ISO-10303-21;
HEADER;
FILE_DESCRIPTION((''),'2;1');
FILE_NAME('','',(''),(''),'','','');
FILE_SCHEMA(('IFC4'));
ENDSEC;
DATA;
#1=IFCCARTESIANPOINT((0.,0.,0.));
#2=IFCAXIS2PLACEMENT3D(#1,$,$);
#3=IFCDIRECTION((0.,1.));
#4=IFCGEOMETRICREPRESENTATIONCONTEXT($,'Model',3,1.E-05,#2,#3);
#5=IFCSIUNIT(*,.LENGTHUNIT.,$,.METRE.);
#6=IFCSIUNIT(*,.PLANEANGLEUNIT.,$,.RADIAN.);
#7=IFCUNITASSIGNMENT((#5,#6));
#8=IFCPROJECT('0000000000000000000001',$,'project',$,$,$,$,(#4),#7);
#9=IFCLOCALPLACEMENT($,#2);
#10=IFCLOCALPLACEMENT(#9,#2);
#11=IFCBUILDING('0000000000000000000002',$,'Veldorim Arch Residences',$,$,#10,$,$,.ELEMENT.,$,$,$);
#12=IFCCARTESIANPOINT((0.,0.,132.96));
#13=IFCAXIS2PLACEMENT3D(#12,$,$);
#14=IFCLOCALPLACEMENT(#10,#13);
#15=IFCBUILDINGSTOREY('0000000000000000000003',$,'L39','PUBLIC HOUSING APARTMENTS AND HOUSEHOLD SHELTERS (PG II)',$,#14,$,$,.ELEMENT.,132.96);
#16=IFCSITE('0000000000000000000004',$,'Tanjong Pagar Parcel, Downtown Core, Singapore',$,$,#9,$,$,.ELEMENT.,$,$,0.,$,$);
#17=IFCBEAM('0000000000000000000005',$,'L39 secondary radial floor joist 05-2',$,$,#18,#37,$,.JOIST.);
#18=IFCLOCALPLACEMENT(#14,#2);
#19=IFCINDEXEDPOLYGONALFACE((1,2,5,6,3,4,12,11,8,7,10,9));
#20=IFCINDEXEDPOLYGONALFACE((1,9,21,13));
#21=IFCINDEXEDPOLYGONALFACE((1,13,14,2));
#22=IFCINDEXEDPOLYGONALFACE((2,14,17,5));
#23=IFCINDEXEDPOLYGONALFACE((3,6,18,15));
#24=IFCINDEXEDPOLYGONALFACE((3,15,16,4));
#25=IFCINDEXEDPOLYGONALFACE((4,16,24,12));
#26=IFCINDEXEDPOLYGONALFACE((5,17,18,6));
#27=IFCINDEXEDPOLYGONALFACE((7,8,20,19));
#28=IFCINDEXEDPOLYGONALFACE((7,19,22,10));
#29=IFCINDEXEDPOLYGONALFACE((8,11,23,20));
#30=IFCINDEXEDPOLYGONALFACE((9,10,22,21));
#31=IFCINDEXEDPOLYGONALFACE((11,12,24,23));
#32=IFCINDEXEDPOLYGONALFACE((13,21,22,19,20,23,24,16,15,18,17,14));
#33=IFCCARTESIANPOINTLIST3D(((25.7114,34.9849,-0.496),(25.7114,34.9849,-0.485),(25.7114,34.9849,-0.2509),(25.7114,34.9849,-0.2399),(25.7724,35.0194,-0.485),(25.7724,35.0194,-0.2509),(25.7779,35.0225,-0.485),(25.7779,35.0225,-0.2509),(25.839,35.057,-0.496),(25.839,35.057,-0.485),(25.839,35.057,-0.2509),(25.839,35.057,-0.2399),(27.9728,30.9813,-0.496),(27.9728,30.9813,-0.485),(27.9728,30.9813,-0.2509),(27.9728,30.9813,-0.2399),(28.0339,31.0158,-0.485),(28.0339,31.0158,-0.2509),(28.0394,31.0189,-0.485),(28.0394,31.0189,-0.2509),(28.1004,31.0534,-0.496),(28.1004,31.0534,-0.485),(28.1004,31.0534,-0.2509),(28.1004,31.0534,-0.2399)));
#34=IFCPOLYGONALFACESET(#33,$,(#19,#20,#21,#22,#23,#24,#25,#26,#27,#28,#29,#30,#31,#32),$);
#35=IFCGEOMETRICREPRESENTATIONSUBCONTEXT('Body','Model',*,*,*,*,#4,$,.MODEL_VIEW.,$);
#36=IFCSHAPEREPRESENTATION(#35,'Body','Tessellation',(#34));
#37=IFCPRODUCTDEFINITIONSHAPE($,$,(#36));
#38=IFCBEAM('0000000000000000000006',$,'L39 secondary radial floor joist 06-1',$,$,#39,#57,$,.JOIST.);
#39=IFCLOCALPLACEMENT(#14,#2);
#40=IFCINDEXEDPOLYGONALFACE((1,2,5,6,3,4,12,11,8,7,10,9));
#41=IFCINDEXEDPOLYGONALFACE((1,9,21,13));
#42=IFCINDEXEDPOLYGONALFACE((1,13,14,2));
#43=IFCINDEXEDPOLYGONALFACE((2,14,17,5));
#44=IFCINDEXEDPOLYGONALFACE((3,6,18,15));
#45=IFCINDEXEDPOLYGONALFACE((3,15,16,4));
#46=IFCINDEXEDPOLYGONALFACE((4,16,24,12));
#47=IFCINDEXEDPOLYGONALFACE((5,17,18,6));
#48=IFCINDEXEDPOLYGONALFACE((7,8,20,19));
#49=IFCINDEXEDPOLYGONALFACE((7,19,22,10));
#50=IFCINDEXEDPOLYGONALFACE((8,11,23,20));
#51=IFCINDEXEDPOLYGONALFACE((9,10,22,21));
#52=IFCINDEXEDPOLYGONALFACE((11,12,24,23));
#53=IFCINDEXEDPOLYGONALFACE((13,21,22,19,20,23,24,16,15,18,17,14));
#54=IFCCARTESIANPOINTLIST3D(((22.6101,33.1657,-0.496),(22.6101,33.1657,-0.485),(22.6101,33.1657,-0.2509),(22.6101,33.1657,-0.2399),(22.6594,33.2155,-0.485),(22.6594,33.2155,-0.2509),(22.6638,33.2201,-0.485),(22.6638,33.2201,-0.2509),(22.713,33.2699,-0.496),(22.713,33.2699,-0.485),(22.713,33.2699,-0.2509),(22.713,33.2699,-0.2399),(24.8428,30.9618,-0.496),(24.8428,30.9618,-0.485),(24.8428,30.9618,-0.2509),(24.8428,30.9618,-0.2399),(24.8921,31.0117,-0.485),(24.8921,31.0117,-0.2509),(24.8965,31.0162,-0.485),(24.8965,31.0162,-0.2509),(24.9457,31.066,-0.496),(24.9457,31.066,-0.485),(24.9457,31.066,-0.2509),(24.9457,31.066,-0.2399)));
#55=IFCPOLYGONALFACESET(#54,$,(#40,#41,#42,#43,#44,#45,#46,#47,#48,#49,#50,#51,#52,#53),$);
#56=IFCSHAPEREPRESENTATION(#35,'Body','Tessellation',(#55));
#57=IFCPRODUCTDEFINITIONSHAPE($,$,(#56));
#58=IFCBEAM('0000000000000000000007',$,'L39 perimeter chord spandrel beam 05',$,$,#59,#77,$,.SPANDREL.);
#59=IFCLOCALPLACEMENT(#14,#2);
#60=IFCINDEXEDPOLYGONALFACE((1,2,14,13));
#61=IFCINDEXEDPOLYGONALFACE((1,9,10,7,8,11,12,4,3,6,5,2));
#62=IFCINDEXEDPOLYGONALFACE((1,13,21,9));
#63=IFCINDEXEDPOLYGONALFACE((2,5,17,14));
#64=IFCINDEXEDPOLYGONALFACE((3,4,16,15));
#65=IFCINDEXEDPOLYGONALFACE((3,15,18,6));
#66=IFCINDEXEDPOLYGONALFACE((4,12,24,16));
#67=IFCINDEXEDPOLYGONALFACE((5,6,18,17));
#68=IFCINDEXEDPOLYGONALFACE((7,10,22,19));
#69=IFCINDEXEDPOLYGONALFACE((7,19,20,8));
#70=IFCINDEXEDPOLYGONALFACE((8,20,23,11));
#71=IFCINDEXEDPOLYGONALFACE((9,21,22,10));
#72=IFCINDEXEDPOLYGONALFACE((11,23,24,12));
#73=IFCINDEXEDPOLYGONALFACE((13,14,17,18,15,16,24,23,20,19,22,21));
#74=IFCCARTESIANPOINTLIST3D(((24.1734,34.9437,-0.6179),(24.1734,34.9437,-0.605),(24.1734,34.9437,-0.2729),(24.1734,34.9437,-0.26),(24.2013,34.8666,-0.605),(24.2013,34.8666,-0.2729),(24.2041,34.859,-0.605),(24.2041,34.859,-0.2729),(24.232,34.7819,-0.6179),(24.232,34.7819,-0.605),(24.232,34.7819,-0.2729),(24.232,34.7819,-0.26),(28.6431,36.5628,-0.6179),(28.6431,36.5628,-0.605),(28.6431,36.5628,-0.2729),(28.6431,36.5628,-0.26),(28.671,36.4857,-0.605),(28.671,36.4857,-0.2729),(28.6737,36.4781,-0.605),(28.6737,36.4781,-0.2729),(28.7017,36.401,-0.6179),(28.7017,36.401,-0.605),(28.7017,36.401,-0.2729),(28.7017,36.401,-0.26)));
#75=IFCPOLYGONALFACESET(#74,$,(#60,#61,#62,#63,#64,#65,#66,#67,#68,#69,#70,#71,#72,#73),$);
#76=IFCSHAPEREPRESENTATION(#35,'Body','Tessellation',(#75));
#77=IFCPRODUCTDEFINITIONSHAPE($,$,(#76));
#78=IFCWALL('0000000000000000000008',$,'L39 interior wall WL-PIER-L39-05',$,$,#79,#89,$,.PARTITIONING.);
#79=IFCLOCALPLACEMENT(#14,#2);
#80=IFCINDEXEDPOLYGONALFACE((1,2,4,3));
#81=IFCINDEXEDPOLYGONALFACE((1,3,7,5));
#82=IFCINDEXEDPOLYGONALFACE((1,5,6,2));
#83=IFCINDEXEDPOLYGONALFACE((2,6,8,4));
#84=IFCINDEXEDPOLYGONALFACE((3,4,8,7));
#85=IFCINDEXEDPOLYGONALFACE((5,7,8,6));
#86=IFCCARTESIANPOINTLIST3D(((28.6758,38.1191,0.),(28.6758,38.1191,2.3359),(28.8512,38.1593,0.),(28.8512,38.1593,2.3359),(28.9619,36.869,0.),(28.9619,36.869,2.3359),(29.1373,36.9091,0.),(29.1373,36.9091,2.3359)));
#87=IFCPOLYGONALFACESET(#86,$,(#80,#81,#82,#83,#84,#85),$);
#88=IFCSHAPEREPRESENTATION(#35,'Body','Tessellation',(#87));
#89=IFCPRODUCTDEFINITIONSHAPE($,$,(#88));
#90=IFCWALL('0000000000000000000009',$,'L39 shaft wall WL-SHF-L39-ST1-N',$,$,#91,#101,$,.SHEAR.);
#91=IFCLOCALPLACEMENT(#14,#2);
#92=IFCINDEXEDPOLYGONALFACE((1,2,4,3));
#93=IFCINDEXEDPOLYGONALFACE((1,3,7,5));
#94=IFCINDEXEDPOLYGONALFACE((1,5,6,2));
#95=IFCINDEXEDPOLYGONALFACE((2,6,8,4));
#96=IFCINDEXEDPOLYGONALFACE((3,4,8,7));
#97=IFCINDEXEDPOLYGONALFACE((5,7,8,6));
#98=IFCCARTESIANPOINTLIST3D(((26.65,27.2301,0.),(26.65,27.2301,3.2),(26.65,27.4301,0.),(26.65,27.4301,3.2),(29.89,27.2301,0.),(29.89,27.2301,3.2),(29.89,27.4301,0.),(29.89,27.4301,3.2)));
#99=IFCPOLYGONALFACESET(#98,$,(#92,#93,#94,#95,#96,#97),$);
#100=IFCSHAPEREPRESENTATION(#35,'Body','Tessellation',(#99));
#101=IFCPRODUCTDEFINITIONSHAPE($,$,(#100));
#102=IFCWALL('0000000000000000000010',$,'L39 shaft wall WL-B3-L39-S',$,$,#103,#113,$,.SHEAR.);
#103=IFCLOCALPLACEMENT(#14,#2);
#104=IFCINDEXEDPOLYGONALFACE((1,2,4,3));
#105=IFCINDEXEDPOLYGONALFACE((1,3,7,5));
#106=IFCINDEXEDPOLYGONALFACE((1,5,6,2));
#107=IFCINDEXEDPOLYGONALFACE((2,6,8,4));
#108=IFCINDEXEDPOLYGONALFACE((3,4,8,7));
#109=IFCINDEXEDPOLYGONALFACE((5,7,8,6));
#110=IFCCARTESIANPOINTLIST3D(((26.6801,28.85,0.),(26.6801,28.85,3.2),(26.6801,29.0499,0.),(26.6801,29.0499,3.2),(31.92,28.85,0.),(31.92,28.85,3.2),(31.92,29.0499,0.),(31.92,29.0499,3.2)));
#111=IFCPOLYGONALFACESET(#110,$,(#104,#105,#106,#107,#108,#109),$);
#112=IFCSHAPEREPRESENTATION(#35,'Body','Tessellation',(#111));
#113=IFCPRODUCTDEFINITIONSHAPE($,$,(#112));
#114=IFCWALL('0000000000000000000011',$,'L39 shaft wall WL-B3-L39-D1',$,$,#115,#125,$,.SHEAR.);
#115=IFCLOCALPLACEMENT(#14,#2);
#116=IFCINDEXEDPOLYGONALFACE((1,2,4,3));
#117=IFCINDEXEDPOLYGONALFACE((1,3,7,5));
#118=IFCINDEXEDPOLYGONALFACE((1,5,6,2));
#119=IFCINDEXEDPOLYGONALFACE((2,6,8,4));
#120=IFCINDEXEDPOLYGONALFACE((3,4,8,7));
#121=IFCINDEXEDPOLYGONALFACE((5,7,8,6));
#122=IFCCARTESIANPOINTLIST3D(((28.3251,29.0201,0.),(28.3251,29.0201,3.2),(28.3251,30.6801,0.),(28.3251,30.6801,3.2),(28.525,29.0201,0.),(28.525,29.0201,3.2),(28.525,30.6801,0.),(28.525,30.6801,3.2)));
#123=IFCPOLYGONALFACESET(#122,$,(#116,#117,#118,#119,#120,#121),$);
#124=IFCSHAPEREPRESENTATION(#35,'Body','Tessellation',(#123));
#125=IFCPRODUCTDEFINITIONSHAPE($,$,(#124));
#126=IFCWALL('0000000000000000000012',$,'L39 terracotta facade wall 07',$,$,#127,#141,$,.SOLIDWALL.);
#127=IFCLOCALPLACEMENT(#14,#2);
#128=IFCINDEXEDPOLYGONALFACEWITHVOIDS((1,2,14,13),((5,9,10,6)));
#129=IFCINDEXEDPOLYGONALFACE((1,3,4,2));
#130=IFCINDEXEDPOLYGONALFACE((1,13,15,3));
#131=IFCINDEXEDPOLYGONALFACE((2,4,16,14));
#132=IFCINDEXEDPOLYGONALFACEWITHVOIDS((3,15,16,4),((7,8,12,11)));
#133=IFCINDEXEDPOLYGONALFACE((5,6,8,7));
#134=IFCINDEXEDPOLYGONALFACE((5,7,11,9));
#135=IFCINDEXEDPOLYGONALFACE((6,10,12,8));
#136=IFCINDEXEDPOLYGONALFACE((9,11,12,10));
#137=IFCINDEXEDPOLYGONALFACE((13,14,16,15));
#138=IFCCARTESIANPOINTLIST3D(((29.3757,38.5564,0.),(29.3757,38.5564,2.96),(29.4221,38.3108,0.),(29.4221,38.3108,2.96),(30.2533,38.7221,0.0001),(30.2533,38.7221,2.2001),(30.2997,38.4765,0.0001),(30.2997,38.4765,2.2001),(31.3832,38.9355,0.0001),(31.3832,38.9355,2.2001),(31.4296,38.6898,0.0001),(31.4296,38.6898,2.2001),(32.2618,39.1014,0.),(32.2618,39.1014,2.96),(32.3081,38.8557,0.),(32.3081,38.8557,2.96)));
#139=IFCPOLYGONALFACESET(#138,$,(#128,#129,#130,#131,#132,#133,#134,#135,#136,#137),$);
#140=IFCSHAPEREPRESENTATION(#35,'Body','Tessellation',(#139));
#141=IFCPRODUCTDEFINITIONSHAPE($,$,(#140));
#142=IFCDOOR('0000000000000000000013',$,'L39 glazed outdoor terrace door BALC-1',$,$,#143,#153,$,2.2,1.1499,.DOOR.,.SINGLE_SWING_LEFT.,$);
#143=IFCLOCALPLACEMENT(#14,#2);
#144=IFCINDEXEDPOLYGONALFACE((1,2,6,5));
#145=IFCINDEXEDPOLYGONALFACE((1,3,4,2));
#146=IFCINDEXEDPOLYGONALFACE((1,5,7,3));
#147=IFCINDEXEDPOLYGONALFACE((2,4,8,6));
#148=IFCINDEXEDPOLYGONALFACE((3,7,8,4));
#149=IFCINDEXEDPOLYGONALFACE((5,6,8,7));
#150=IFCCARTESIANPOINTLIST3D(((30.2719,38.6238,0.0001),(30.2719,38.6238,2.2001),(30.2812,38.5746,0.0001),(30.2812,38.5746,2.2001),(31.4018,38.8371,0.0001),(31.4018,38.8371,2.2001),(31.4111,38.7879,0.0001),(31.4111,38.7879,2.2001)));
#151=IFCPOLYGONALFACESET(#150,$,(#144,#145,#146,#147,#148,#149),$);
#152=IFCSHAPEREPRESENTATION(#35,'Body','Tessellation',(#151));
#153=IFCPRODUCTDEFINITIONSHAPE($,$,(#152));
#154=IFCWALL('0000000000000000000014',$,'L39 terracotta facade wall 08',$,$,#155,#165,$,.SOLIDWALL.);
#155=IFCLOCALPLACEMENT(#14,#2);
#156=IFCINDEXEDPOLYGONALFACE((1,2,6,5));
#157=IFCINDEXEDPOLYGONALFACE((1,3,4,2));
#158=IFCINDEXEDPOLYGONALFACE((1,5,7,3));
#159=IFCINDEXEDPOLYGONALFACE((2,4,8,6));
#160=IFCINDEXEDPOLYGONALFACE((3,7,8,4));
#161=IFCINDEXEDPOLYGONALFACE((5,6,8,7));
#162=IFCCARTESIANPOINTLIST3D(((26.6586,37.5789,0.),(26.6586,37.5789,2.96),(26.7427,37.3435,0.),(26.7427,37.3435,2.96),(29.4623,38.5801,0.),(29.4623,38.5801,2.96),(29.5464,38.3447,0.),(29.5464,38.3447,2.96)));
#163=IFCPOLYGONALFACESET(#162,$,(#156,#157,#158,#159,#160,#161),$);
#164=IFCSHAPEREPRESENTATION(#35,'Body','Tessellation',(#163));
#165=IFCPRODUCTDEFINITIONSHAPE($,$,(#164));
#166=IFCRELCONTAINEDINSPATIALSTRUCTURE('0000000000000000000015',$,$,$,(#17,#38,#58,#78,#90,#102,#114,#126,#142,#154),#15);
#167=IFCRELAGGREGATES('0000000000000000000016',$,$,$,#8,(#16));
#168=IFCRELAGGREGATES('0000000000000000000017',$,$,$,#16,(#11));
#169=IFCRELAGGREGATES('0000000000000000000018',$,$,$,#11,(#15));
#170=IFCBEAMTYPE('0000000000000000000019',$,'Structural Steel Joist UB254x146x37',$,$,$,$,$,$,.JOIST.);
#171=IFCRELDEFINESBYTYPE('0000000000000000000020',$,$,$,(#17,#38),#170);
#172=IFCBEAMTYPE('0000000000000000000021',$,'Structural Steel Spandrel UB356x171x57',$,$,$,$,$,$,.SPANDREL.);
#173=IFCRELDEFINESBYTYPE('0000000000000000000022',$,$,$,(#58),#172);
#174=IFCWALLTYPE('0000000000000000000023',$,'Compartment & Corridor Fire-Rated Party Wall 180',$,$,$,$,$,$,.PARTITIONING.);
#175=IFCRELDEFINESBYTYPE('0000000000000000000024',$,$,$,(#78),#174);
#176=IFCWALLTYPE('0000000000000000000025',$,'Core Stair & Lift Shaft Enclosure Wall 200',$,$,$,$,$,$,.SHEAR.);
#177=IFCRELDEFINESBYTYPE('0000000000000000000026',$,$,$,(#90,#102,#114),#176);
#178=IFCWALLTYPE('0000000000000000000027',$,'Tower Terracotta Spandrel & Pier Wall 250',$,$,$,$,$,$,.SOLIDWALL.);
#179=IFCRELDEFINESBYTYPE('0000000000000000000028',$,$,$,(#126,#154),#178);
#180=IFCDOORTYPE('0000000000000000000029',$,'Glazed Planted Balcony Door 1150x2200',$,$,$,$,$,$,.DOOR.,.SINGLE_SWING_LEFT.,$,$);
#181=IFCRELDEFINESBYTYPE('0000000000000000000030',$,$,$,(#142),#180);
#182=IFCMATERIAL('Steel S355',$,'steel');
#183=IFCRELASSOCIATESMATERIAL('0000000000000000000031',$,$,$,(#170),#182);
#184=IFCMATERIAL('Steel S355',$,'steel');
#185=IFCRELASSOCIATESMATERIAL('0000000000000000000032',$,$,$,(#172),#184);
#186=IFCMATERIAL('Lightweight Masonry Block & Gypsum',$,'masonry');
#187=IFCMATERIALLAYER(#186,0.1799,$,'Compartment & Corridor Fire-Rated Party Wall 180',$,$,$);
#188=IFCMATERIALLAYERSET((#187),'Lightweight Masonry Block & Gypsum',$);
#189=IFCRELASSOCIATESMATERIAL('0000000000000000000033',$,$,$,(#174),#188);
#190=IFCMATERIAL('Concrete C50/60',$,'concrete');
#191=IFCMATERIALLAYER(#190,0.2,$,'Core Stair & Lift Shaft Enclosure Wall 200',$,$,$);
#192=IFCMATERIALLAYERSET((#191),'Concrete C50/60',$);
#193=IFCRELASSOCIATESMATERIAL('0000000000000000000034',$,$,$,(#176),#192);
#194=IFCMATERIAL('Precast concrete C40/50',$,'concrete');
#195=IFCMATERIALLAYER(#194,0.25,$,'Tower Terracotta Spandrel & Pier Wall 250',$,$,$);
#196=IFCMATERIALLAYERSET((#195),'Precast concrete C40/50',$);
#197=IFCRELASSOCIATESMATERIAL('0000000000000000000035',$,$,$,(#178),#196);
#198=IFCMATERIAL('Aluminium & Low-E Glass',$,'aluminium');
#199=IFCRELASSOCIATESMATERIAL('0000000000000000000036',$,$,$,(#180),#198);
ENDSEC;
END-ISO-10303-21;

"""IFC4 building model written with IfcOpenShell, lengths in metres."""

from ifc_helpers import new_model, si_unit, direction, frame, frame_2d, origin, origin_2d, place, context, subcontext, project, spatial, rectangle, i_section, extrude, material, layer, layer_set, material_profile, profile_set, type_object, element, fill, save


model = new_model("IFC4")

# Units and contexts
model_context = context("Model", 3, precision=1e-05, world=origin(), true_north=direction((0.0, 1.0)))
body_context = subcontext(model_context, "Body", "Model", "MODEL_VIEW")
ifc_project = project(units=[si_unit("LENGTHUNIT", "METRE"), si_unit("PLANEANGLEUNIT", "RADIAN")], contexts=[model_context])

# Site, building, storey
site_placement = place(None, origin())
site = spatial("IfcSite", under=ifc_project, at=site_placement, Name="Tanjong Pagar Parcel, Downtown Core, Singapore", CompositionType="ELEMENT", RefElevation=0.0)
building_placement = place(site_placement, origin())
building = spatial("IfcBuilding", under=site, at=building_placement, Name="Veldorim Arch Residences", CompositionType="ELEMENT")
storey_placement = place(building_placement, frame((0.0, 0.0, 132.96)))
storey = spatial("IfcBuildingStorey", under=building, at=storey_placement, Name="L39", Description="PUBLIC HOUSING APARTMENTS AND HOUSEHOLD SHELTERS (PG II)", CompositionType="ELEMENT", Elevation=132.96)

# Beams
ifc_material_1 = material(Name="Steel S355", Category="steel")
ifc_material_profile_1 = material_profile(ifc_material_1, i_section(OverallWidth=0.1465, OverallDepth=0.2561, WebThickness=0.0063, FlangeThickness=0.011, at=origin_2d()), Name="UB254x146x37")
ifc_profile_set_1 = profile_set([ifc_material_profile_1], Name="Steel S355")
beam_type_1 = type_object("IfcBeamType", Name="Structural Steel Joist UB254x146x37", PredefinedType="JOIST", material=ifc_profile_set_1)
beam_1_placement = place(storey_placement, frame((28.0366, 31.0173, -0.3679), z_axis=(-0.491816, 0.870699, 0.0), x_axis=(-0.870699, -0.491816, 0.0)))
element("IfcBeam", 1, at=beam_1_placement, inside=storey, type_object=beam_type_1, Name="L39 secondary radial floor joist 05-2", PredefinedType="JOIST", context=body_context, shape_type="SweptSolid", body=[
    extrude(i_section(OverallWidth=0.1465, OverallDepth=0.2561, WebThickness=0.0063, FlangeThickness=0.011, at=origin_2d()), origin(), (0.0, 0.0, 1.0), 4.5981),
])
beam_2_placement = place(storey_placement, frame((24.8943, 31.0139, -0.3679), z_axis=(-0.711683, 0.7025, 0.0), x_axis=(-0.7025, -0.711683, 0.0)))
element("IfcBeam", 2, at=beam_2_placement, inside=storey, type_object=beam_type_1, Name="L39 secondary radial floor joist 06-1", PredefinedType="JOIST", context=body_context, shape_type="SweptSolid", body=[
    extrude(i_section(OverallWidth=0.1465, OverallDepth=0.2561, WebThickness=0.0063, FlangeThickness=0.011, at=origin_2d()), origin(), (0.0, 0.0, 1.0), 3.1372),
])
ifc_material_2 = material(Name="Steel S355", Category="steel")
ifc_material_profile_2 = material_profile(ifc_material_2, i_section(OverallWidth=0.1721, OverallDepth=0.3579, WebThickness=0.0081, FlangeThickness=0.0129, at=origin_2d()), Name="UB356x171x57")
ifc_profile_set_2 = profile_set([ifc_material_profile_2], Name="Steel S355")
beam_type_2 = type_object("IfcBeamType", Name="Structural Steel Spandrel UB356x171x57", PredefinedType="SPANDREL", material=ifc_profile_set_2)
beam_3_placement = place(storey_placement, frame((28.6724, 36.4819, -0.439), z_axis=(-0.940213, -0.340588, 0.0), x_axis=(0.340588, -0.940213, 0.0)))
element("IfcBeam", 3, at=beam_3_placement, inside=storey, type_object=beam_type_2, Name="L39 perimeter chord spandrel beam 05", PredefinedType="SPANDREL", context=body_context, shape_type="SweptSolid", body=[
    extrude(i_section(OverallWidth=0.1721, OverallDepth=0.3579, WebThickness=0.0081, FlangeThickness=0.0129, at=origin_2d()), origin(), (0.0, 0.0, 1.0), 4.7539),
])

# Walls
ifc_material_3 = material(Name="Lightweight Masonry Block & Gypsum", Category="masonry")
ifc_layer_1 = layer(ifc_material_3, 0.1799, Name="Compartment & Corridor Fire-Rated Party Wall 180")
ifc_layer_set_1 = layer_set([ifc_layer_1], Name="Lightweight Masonry Block & Gypsum")
wall_type_1 = type_object("IfcWallType", Name="Compartment & Corridor Fire-Rated Party Wall 180", PredefinedType="PARTITIONING", material=ifc_layer_set_1)
wall_1_placement = place(storey_placement, frame((29.0496, 36.8892, 0.0), z_axis=(0.0, 0.0, 1.0), x_axis=(-0.223094, 0.974797, 0.0)))
element("IfcWall", 4, at=wall_1_placement, inside=storey, type_object=wall_type_1, Name="L39 interior wall WL-PIER-L39-05", PredefinedType="PARTITIONING", context=body_context, shape_type="SweptSolid", body=[
    extrude(rectangle(XDim=1.2825, YDim=0.1799, at=frame_2d((0.6411, 0.0))), origin(), (0.0, 0.0, 1.0), 2.3359),
])
ifc_material_4 = material(Name="Concrete C50/60", Category="concrete")
ifc_layer_2 = layer(ifc_material_4, 0.2, Name="Core Stair & Lift Shaft Enclosure Wall 200")
ifc_layer_set_2 = layer_set([ifc_layer_2], Name="Concrete C50/60")
wall_type_2 = type_object("IfcWallType", Name="Core Stair & Lift Shaft Enclosure Wall 200", PredefinedType="SHEAR", material=ifc_layer_set_2)
wall_2_placement = place(storey_placement, frame((26.6499, 27.3301, 0.0), z_axis=(0.0, 0.0, 1.0), x_axis=(1.0, 0.0, 0.0)))
element("IfcWall", 5, at=wall_2_placement, inside=storey, type_object=wall_type_2, Name="L39 shaft wall WL-SHF-L39-ST1-N", PredefinedType="SHEAR", context=body_context, shape_type="SweptSolid", body=[
    extrude(rectangle(XDim=3.24, YDim=0.2, at=frame_2d((1.6201, 0.0))), origin(), (0.0, 0.0, 1.0), 3.2),
])
wall_3_placement = place(storey_placement, frame((26.6799, 28.95, 0.0), z_axis=(0.0, 0.0, 1.0), x_axis=(1.0, 0.0, 0.0)))
element("IfcWall", 6, at=wall_3_placement, inside=storey, type_object=wall_type_2, Name="L39 shaft wall WL-B3-L39-S", PredefinedType="SHEAR", context=body_context, shape_type="SweptSolid", body=[
    extrude(rectangle(XDim=5.24, YDim=0.2, at=frame_2d((2.6201, 0.0))), origin(), (0.0, 0.0, 1.0), 3.2),
])
wall_4_placement = place(storey_placement, frame((28.425, 29.02, 0.0), z_axis=(0.0, 0.0, 1.0), x_axis=(0.0, 1.0, 0.0)))
element("IfcWall", 7, at=wall_4_placement, inside=storey, type_object=wall_type_2, Name="L39 shaft wall WL-B3-L39-D1", PredefinedType="SHEAR", context=body_context, shape_type="SweptSolid", body=[
    extrude(rectangle(XDim=1.6599, YDim=0.2, at=frame_2d((0.8301, 0.0))), origin(), (0.0, 0.0, 1.0), 3.2),
])

# Wall, opening, door
ifc_material_5 = material(Name="Precast concrete C40/50", Category="concrete")
ifc_layer_3 = layer(ifc_material_5, 0.25, Name="Tower Terracotta Spandrel & Pier Wall 250")
ifc_layer_set_3 = layer_set([ifc_layer_3], Name="Precast concrete C40/50")
wall_type_3 = type_object("IfcWallType", Name="Tower Terracotta Spandrel & Pier Wall 250", PredefinedType="SOLIDWALL", material=ifc_layer_set_3)
wall_5_placement = place(storey_placement, frame((29.3989, 38.4336, 0.0), z_axis=(0.0, 0.0, 1.0), x_axis=(0.982637, 0.185538, 0.0)))
wall_5 = element("IfcWall", 8, at=wall_5_placement, inside=storey, type_object=wall_type_3, Name="L39 terracotta facade wall 07", PredefinedType="SOLIDWALL", context=body_context, shape_type="SweptSolid", body=[
    extrude(rectangle(XDim=2.937, YDim=0.25, at=frame_2d((1.4685, 0.0))), origin(), (0.0, 0.0, 1.0), 2.96),
])
opening_1_placement = place(wall_5_placement, frame((0.8931, 0.0, 0.0)))
opening_1 = element("IfcOpeningElement", 9, at=opening_1_placement, cuts=wall_5, PredefinedType="OPENING", context=body_context, shape_type="SweptSolid", body=[
    extrude(rectangle(XDim=1.1499, YDim=2.2, at=frame_2d((0.575, 1.1001))), frame((0.0, 0.135, 0.0), z_axis=(0.0, -1.0, 0.0), x_axis=(1.0, 0.0, 0.0)), (0.0, 0.0, 1.0), 0.27),
])
ifc_material_6 = material(Name="Aluminium & Low-E Glass", Category="aluminium")
door_type_1 = type_object("IfcDoorType", Name="Glazed Planted Balcony Door 1150x2200", OperationType="SINGLE_SWING_LEFT", PredefinedType="DOOR", material=ifc_material_6)
door_1_placement = place(opening_1_placement, origin())
door_1 = element("IfcDoor", 10, at=door_1_placement, inside=storey, type_object=door_type_1, Name="L39 glazed outdoor terrace door BALC-1", OperationType="SINGLE_SWING_LEFT", OverallHeight=2.2, OverallWidth=1.1499, PredefinedType="DOOR", context=body_context, shape_type="SweptSolid", body=[
    extrude(rectangle(XDim=1.1499, YDim=2.2, at=frame_2d((0.575, 1.1001))), frame((0.0, 0.0249, 0.0), z_axis=(0.0, -1.0, 0.0), x_axis=(1.0, 0.0, 0.0)), (0.0, 0.0, 1.0), 0.05),
])
fill(opening_1, door_1)

# Wall
wall_6_placement = place(storey_placement, frame((26.7007, 37.4612, 0.0), z_axis=(0.0, 0.0, 1.0), x_axis=(0.941753, 0.336305, 0.0)))
element("IfcWall", 11, at=wall_6_placement, inside=storey, type_object=wall_type_3, Name="L39 terracotta facade wall 08", PredefinedType="SOLIDWALL", context=body_context, shape_type="SweptSolid", body=[
    extrude(rectangle(XDim=2.9771, YDim=0.25, at=frame_2d((1.4885, 0.0))), origin(), (0.0, 0.0, 1.0), 2.96),
])

save(model, "model.ifc")
